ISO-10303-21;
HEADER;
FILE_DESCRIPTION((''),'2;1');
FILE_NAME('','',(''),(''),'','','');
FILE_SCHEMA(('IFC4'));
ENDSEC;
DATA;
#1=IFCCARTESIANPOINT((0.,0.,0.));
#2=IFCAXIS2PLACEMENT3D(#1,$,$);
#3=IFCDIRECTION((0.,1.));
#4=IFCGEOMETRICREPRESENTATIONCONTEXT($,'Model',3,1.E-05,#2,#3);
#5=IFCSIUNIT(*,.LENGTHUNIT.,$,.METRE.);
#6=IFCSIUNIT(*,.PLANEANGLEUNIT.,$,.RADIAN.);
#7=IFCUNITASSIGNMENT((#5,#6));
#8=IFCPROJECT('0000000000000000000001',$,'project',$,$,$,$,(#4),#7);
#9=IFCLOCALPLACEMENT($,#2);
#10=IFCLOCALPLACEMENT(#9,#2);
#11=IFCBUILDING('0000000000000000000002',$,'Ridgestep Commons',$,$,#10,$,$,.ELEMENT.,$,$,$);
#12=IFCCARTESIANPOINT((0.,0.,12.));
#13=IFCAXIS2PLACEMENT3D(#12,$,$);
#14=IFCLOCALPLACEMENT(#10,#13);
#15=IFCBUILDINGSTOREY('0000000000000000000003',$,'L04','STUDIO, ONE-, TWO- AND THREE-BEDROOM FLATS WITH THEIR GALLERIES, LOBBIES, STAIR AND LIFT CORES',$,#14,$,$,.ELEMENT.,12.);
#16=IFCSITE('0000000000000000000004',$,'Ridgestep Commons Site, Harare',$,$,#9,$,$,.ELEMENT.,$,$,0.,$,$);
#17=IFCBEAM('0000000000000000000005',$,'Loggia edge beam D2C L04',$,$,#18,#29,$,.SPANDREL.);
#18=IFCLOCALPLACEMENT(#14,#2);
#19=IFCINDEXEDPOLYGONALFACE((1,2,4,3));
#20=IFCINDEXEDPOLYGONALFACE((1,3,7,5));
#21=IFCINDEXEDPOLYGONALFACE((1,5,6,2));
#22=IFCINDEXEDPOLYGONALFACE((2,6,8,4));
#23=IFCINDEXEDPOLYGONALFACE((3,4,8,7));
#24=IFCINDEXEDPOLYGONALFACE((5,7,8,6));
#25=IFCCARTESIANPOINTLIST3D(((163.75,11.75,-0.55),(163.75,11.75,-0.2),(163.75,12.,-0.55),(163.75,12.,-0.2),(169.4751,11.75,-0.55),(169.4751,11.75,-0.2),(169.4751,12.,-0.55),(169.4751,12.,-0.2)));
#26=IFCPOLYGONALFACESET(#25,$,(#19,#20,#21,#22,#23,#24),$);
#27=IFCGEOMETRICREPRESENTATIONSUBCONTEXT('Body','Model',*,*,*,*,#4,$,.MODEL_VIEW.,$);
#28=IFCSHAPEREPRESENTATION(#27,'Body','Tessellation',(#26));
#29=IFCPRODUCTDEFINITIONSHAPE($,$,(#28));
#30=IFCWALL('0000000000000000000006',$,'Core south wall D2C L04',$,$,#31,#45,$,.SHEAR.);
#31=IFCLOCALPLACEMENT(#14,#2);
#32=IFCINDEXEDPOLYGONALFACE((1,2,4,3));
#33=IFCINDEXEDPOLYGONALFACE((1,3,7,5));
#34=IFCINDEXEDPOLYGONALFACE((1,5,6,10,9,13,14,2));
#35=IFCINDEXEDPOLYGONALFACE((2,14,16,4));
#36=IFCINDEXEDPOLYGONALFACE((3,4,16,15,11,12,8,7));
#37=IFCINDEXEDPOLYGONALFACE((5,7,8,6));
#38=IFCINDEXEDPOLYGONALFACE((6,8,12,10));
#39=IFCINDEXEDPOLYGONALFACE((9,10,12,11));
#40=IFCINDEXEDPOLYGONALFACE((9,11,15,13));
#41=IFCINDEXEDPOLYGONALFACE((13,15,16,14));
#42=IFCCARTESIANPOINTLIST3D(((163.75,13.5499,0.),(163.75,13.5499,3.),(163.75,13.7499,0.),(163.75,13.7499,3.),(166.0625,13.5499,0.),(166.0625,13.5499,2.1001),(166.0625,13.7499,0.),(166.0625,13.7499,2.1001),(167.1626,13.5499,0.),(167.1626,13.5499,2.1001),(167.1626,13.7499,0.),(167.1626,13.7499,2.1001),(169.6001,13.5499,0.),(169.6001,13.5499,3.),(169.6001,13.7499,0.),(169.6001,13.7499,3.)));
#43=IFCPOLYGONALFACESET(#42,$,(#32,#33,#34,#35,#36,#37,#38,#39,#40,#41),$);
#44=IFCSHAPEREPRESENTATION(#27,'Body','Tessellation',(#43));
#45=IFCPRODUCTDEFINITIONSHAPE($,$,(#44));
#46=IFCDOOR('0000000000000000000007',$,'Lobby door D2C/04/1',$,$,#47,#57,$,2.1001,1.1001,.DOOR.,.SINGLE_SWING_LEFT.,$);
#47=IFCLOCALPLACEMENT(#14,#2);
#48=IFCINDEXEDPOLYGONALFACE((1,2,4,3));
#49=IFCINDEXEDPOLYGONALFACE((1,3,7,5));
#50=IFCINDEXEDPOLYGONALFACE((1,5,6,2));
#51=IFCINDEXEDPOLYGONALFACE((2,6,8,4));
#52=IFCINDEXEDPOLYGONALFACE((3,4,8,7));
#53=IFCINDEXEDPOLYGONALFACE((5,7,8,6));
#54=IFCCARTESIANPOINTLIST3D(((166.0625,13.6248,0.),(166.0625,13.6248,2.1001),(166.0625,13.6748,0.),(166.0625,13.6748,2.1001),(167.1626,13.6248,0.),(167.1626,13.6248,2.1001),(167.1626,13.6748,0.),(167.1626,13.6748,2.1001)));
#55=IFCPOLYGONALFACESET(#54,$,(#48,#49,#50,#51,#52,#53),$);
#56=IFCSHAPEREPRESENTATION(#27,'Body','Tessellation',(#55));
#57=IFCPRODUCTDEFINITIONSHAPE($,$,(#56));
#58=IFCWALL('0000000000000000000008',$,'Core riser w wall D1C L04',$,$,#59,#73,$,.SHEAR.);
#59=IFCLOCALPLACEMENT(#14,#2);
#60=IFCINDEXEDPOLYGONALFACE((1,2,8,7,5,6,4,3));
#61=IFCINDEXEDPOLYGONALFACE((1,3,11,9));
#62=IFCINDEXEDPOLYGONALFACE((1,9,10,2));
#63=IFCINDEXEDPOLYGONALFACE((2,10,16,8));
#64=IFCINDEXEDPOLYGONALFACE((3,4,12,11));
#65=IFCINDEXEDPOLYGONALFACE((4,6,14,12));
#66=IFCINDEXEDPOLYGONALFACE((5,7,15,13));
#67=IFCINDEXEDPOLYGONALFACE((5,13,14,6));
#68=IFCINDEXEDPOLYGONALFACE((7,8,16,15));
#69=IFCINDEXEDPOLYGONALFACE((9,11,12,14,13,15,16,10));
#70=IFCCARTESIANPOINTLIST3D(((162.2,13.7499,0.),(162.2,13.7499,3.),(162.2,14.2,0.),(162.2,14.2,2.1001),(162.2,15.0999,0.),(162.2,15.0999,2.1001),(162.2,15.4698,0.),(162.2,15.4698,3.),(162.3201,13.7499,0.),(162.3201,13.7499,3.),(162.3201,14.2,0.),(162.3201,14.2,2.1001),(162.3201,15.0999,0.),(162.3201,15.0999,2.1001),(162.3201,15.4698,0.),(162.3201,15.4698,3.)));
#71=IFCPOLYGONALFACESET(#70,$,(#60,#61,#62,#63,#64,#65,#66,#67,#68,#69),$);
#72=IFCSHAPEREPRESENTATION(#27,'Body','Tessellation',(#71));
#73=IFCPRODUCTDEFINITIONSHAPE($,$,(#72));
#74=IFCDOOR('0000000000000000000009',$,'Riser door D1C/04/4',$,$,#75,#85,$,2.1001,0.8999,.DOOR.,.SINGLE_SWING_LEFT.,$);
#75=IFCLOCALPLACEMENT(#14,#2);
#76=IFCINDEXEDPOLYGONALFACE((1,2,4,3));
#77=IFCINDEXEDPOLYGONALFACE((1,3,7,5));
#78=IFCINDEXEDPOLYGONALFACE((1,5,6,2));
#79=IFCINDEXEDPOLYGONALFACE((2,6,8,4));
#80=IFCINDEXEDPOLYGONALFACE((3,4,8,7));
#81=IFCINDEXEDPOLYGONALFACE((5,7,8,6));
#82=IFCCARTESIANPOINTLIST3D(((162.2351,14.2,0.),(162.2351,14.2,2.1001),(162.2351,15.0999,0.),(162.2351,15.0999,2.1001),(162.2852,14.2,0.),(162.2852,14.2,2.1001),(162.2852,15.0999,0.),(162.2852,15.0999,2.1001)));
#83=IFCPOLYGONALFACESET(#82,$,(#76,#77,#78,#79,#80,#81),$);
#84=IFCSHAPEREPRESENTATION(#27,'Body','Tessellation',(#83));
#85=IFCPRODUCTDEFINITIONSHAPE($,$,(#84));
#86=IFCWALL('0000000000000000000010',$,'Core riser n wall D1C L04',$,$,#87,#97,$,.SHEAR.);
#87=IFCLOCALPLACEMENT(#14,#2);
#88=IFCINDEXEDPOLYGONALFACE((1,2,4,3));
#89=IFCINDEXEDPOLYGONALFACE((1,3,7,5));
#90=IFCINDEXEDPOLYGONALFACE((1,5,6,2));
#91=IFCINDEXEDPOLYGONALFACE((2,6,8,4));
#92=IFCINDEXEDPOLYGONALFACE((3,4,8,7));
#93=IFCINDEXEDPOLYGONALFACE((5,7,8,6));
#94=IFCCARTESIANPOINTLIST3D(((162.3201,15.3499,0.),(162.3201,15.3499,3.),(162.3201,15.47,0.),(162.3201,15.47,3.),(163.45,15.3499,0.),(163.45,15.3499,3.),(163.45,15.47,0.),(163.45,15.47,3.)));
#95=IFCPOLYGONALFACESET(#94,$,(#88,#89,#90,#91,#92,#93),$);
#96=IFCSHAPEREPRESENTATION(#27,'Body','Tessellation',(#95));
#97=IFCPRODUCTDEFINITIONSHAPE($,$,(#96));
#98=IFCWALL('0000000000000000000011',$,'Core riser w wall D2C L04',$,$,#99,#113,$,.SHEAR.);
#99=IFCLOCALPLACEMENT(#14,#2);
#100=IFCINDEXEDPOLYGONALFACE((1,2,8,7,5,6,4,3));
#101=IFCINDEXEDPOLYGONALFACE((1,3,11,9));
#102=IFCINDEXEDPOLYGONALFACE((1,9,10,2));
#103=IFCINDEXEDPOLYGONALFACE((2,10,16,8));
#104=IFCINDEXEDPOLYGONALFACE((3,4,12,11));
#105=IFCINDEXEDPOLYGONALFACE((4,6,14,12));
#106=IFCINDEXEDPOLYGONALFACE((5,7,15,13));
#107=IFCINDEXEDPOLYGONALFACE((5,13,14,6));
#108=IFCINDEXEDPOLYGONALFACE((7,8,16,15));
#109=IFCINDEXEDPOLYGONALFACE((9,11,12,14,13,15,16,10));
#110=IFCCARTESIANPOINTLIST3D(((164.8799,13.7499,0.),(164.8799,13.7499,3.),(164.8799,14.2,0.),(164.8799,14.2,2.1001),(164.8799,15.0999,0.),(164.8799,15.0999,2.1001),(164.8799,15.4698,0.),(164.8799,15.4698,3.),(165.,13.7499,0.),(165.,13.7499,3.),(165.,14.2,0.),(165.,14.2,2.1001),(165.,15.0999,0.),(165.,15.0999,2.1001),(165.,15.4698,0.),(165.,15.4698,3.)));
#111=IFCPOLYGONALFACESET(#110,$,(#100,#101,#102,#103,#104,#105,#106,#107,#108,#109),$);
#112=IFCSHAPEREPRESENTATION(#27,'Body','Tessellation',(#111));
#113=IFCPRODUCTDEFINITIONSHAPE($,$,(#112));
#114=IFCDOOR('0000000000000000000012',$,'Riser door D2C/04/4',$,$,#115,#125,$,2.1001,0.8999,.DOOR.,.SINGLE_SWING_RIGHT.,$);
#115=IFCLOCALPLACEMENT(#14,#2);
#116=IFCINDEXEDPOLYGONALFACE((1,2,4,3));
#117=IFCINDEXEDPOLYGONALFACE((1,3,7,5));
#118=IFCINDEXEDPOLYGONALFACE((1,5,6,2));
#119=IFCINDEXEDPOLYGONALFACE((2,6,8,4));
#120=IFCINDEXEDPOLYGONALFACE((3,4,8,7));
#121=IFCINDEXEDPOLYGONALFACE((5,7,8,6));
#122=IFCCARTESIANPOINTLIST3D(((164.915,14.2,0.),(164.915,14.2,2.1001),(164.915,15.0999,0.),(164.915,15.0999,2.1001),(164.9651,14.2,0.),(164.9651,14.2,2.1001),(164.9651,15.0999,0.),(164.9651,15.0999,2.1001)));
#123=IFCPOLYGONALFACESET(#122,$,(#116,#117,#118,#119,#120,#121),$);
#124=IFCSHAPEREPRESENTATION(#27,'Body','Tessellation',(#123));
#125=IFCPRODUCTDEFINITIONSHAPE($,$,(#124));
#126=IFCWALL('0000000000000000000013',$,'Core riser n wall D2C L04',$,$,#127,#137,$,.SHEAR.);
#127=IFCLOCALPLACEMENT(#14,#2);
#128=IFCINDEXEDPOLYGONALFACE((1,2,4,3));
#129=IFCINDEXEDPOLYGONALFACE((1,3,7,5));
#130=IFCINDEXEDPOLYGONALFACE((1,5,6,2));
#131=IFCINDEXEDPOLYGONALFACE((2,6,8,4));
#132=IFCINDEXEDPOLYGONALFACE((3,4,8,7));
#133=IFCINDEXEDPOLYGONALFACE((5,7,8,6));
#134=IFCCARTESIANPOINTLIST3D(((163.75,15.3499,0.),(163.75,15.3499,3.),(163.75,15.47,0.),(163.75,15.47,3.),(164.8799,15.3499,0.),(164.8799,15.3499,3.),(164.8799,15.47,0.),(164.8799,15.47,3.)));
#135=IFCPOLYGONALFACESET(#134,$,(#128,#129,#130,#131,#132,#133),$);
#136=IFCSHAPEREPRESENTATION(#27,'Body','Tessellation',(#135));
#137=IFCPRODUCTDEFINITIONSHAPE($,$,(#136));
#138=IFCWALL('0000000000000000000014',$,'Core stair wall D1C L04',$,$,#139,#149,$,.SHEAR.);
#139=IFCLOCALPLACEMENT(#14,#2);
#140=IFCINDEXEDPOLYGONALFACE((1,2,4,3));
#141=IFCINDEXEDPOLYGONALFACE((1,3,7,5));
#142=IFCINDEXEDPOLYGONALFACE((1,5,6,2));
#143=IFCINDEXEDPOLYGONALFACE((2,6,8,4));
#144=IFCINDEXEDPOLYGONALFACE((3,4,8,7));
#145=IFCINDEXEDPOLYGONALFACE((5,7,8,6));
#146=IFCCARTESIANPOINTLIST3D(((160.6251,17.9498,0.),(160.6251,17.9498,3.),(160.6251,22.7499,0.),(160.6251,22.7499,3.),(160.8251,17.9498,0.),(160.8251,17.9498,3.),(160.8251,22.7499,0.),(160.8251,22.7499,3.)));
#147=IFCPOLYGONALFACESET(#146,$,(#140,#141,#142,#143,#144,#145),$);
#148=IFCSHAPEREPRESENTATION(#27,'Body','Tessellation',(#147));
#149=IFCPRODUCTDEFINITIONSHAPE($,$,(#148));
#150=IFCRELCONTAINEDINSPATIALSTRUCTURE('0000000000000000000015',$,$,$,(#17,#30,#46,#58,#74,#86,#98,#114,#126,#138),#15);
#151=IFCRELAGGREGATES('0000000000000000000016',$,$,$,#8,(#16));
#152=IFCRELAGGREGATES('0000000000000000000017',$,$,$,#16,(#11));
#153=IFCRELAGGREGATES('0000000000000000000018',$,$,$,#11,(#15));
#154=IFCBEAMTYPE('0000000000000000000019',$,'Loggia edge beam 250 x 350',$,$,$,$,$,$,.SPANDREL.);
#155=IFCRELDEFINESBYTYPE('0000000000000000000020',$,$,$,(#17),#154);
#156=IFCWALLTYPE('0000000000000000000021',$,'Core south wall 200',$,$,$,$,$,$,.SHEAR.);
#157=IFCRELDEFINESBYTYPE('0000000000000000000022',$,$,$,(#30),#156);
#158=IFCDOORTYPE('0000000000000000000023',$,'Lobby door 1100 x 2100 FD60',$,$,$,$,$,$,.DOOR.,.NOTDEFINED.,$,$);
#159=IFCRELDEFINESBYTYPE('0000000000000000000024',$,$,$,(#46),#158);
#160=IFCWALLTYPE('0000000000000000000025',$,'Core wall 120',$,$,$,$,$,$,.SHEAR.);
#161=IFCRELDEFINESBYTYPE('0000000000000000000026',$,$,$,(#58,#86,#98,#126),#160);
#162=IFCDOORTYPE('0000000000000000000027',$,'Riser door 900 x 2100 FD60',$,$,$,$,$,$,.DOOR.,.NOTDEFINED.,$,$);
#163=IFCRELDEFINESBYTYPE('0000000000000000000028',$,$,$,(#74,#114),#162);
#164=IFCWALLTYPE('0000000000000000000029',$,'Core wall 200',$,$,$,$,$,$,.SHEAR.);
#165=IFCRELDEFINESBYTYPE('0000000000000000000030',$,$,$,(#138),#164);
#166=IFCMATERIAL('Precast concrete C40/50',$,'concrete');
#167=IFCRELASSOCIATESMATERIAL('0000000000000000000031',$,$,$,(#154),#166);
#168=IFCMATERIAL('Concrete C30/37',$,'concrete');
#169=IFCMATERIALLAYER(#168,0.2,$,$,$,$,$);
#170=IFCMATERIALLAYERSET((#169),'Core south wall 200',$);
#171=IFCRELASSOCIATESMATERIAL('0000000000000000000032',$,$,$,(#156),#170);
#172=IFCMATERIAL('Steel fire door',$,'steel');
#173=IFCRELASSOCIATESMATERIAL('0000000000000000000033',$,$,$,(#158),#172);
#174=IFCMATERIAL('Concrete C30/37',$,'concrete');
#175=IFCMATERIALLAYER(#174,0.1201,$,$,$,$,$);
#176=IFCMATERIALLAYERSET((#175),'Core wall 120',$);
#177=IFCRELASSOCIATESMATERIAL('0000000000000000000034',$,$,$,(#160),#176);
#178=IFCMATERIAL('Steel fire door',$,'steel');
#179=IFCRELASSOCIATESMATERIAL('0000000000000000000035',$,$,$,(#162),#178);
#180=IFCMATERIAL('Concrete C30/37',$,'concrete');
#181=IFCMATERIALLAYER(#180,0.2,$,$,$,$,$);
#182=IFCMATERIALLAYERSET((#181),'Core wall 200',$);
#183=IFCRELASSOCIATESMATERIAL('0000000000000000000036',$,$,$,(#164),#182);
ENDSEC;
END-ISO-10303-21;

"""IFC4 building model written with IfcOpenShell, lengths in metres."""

from ifc_helpers import new_model, si_unit, direction, frame, frame_2d, origin, origin_2d, place, context, subcontext, project, spatial, rectangle, extrude, material, layer, layer_set, material_profile, profile_set, type_object, element, fill, save


model = new_model("IFC4")

# Units and contexts
model_context = context("Model", 3, precision=1e-05, world=origin(), true_north=direction((0.0, 1.0)))
body_context = subcontext(model_context, "Body", "Model", "MODEL_VIEW")
ifc_project = project(units=[si_unit("LENGTHUNIT", "METRE"), si_unit("PLANEANGLEUNIT", "RADIAN")], contexts=[model_context])

# Site, building, storey
site_placement = place(None, origin())
site = spatial("IfcSite", under=ifc_project, at=site_placement, Name="Ridgestep Commons Site, Harare", CompositionType="ELEMENT", RefElevation=0.0)
building_placement = place(site_placement, origin())
building = spatial("IfcBuilding", under=site, at=building_placement, Name="Ridgestep Commons", CompositionType="ELEMENT")
storey_placement = place(building_placement, frame((0.0, 0.0, 12.0)))
storey = spatial("IfcBuildingStorey", under=building, at=storey_placement, Name="L04", Description="STUDIO, ONE-, TWO- AND THREE-BEDROOM FLATS WITH THEIR GALLERIES, LOBBIES, STAIR AND LIFT CORES", CompositionType="ELEMENT", Elevation=12.0)

# Beam
ifc_material_1 = material(Name="Precast concrete C40/50", Category="concrete")
ifc_material_profile = material_profile(ifc_material_1, rectangle(XDim=0.25, YDim=0.3501, at=origin_2d()), Name="PC 250x350")
ifc_profile_set = profile_set([ifc_material_profile], Name="Precast concrete C40/50")
beam_type = type_object("IfcBeamType", Name="Loggia edge beam 250 x 350", PredefinedType="SPANDREL", material=ifc_profile_set)
beam_placement = place(storey_placement, frame((163.75, 11.875, -0.375), z_axis=(1.0, 0.0, 0.0), x_axis=(0.0, 1.0, 0.0)))
element("IfcBeam", 1, at=beam_placement, inside=storey, type_object=beam_type, Name="Loggia edge beam D2C L04", PredefinedType="SPANDREL", context=body_context, shape_type="SweptSolid", body=[
    extrude(rectangle(XDim=0.25, YDim=0.3501, at=origin_2d()), origin(), (0.0, 0.0, 1.0), 5.7251),
])

# Walls, openings, doors
ifc_material_2 = material(Name="Concrete C30/37", Category="concrete")
ifc_layer_1 = layer(ifc_material_2, 0.2)
ifc_layer_set_1 = layer_set([ifc_layer_1], Name="Core south wall 200")
wall_type_1 = type_object("IfcWallType", Name="Core south wall 200", PredefinedType="SHEAR", material=ifc_layer_set_1)
wall_1_placement = place(storey_placement, frame((163.75, 13.6499, 0.0), z_axis=(0.0, 0.0, 1.0), x_axis=(1.0, 0.0, 0.0)))
wall_1 = element("IfcWall", 2, at=wall_1_placement, inside=storey, type_object=wall_type_1, Name="Core south wall D2C L04", PredefinedType="SHEAR", context=body_context, shape_type="SweptSolid", body=[
    extrude(rectangle(XDim=5.8501, YDim=0.2, at=frame_2d((2.925, 0.0))), origin(), (0.0, 0.0, 1.0), 3.0),
])
opening_1_placement = place(wall_1_placement, frame((2.3125, 0.0, 0.0)))
opening_1 = element("IfcOpeningElement", 3, at=opening_1_placement, cuts=wall_1, PredefinedType="OPENING", context=body_context, shape_type="SweptSolid", body=[
    extrude(rectangle(XDim=1.1001, YDim=2.1001, at=frame_2d((0.55, 1.05))), frame((0.0, 0.1099, 0.0), z_axis=(0.0, -1.0, 0.0), x_axis=(1.0, 0.0, 0.0)), (0.0, 0.0, 1.0), 0.22),
])
ifc_material_3 = material(Name="Steel fire door", Category="steel")
door_type_1 = type_object("IfcDoorType", Name="Lobby door 1100 x 2100 FD60", OperationType="NOTDEFINED", PredefinedType="DOOR", material=ifc_material_3)
door_1_placement = place(opening_1_placement, origin())
door_1 = element("IfcDoor", 4, at=door_1_placement, inside=storey, type_object=door_type_1, Name="Lobby door D2C/04/1", OperationType="SINGLE_SWING_LEFT", OverallHeight=2.1001, OverallWidth=1.1001, PredefinedType="DOOR", context=body_context, shape_type="SweptSolid", body=[
    extrude(rectangle(XDim=1.1001, YDim=2.1001, at=frame_2d((0.55, 1.05))), frame((0.0, 0.0249, 0.0), z_axis=(0.0, -1.0, 0.0), x_axis=(1.0, 0.0, 0.0)), (0.0, 0.0, 1.0), 0.05),
])
fill(opening_1, door_1)
ifc_material_4 = material(Name="Concrete C30/37", Category="concrete")
ifc_layer_2 = layer(ifc_material_4, 0.1201)
ifc_layer_set_2 = layer_set([ifc_layer_2], Name="Core wall 120")
wall_type_2 = type_object("IfcWallType", Name="Core wall 120", PredefinedType="SHEAR", material=ifc_layer_set_2)
wall_2_placement = place(storey_placement, frame((162.26, 13.75, 0.0), z_axis=(0.0, 0.0, 1.0), x_axis=(0.0, 1.0, 0.0)))
wall_2 = element("IfcWall", 5, at=wall_2_placement, inside=storey, type_object=wall_type_2, Name="Core riser w wall D1C L04", PredefinedType="SHEAR", context=body_context, shape_type="SweptSolid", body=[
    extrude(rectangle(XDim=1.72, YDim=0.1201, at=frame_2d((0.8599, 0.0))), origin(), (0.0, 0.0, 1.0), 3.0),
])
opening_2_placement = place(wall_2_placement, frame((0.45, 0.0, 0.0)))
opening_2 = element("IfcOpeningElement", 6, at=opening_2_placement, cuts=wall_2, PredefinedType="OPENING", context=body_context, shape_type="SweptSolid", body=[
    extrude(rectangle(XDim=0.8999, YDim=2.1001, at=frame_2d((0.45, 1.05))), frame((0.0, 0.0701, 0.0), z_axis=(0.0, -1.0, 0.0), x_axis=(1.0, 0.0, 0.0)), (0.0, 0.0, 1.0), 0.1401),
])
ifc_material_5 = material(Name="Steel fire door", Category="steel")
door_type_2 = type_object("IfcDoorType", Name="Riser door 900 x 2100 FD60", OperationType="NOTDEFINED", PredefinedType="DOOR", material=ifc_material_5)
door_2_placement = place(opening_2_placement, origin())
door_2 = element("IfcDoor", 7, at=door_2_placement, inside=storey, type_object=door_type_2, Name="Riser door D1C/04/4", OperationType="SINGLE_SWING_LEFT", OverallHeight=2.1001, OverallWidth=0.8999, PredefinedType="DOOR", context=body_context, shape_type="SweptSolid", body=[
    extrude(rectangle(XDim=0.8999, YDim=2.1001, at=frame_2d((0.45, 1.05))), frame((0.0, 0.0249, 0.0), z_axis=(0.0, -1.0, 0.0), x_axis=(1.0, 0.0, 0.0)), (0.0, 0.0, 1.0), 0.05),
])
fill(opening_2, door_2)

# Wall
wall_3_placement = place(storey_placement, frame((162.3201, 15.4099, 0.0), z_axis=(0.0, 0.0, 1.0), x_axis=(1.0, 0.0, 0.0)))
element("IfcWall", 8, at=wall_3_placement, inside=storey, type_object=wall_type_2, Name="Core riser n wall D1C L04", PredefinedType="SHEAR", context=body_context, shape_type="SweptSolid", body=[
    extrude(rectangle(XDim=1.1299, YDim=0.1201, at=frame_2d((0.5649, 0.0))), origin(), (0.0, 0.0, 1.0), 3.0),
])

# Wall, opening, door
wall_4_placement = place(storey_placement, frame((164.9399, 13.75, 0.0), z_axis=(0.0, 0.0, 1.0), x_axis=(0.0, 1.0, 0.0)))
wall_4 = element("IfcWall", 9, at=wall_4_placement, inside=storey, type_object=wall_type_2, Name="Core riser w wall D2C L04", PredefinedType="SHEAR", context=body_context, shape_type="SweptSolid", body=[
    extrude(rectangle(XDim=1.72, YDim=0.1201, at=frame_2d((0.8599, 0.0))), origin(), (0.0, 0.0, 1.0), 3.0),
])
opening_3_placement = place(wall_4_placement, frame((0.45, 0.0, 0.0)))
opening_3 = element("IfcOpeningElement", 10, at=opening_3_placement, cuts=wall_4, PredefinedType="OPENING", context=body_context, shape_type="SweptSolid", body=[
    extrude(rectangle(XDim=0.8999, YDim=2.1001, at=frame_2d((0.45, 1.05))), frame((0.0, 0.0701, 0.0), z_axis=(0.0, -1.0, 0.0), x_axis=(1.0, 0.0, 0.0)), (0.0, 0.0, 1.0), 0.1401),
])
door_3_placement = place(opening_3_placement, origin())
door_3 = element("IfcDoor", 11, at=door_3_placement, inside=storey, type_object=door_type_2, Name="Riser door D2C/04/4", OperationType="SINGLE_SWING_RIGHT", OverallHeight=2.1001, OverallWidth=0.8999, PredefinedType="DOOR", context=body_context, shape_type="SweptSolid", body=[
    extrude(rectangle(XDim=0.8999, YDim=2.1001, at=frame_2d((0.45, 1.05))), frame((0.0, 0.0249, 0.0), z_axis=(0.0, -1.0, 0.0), x_axis=(1.0, 0.0, 0.0)), (0.0, 0.0, 1.0), 0.05),
])
fill(opening_3, door_3)

# Walls
wall_5_placement = place(storey_placement, frame((163.75, 15.4099, 0.0), z_axis=(0.0, 0.0, 1.0), x_axis=(1.0, 0.0, 0.0)))
element("IfcWall", 12, at=wall_5_placement, inside=storey, type_object=wall_type_2, Name="Core riser n wall D2C L04", PredefinedType="SHEAR", context=body_context, shape_type="SweptSolid", body=[
    extrude(rectangle(XDim=1.1299, YDim=0.1201, at=frame_2d((0.5649, 0.0))), origin(), (0.0, 0.0, 1.0), 3.0),
])
ifc_material_6 = material(Name="Concrete C30/37", Category="concrete")
ifc_layer_3 = layer(ifc_material_6, 0.2)
ifc_layer_set_3 = layer_set([ifc_layer_3], Name="Core wall 200")
wall_type_3 = type_object("IfcWallType", Name="Core wall 200", PredefinedType="SHEAR", material=ifc_layer_set_3)
wall_6_placement = place(storey_placement, frame((160.7251, 17.95, 0.0), z_axis=(0.0, 0.0, 1.0), x_axis=(0.0, 1.0, 0.0)))
element("IfcWall", 13, at=wall_6_placement, inside=storey, type_object=wall_type_3, Name="Core stair wall D1C L04", PredefinedType="SHEAR", context=body_context, shape_type="SweptSolid", body=[
    extrude(rectangle(XDim=4.8, YDim=0.2, at=frame_2d((2.3999, 0.0))), origin(), (0.0, 0.0, 1.0), 3.0),
])

save(model, "model.ifc")
